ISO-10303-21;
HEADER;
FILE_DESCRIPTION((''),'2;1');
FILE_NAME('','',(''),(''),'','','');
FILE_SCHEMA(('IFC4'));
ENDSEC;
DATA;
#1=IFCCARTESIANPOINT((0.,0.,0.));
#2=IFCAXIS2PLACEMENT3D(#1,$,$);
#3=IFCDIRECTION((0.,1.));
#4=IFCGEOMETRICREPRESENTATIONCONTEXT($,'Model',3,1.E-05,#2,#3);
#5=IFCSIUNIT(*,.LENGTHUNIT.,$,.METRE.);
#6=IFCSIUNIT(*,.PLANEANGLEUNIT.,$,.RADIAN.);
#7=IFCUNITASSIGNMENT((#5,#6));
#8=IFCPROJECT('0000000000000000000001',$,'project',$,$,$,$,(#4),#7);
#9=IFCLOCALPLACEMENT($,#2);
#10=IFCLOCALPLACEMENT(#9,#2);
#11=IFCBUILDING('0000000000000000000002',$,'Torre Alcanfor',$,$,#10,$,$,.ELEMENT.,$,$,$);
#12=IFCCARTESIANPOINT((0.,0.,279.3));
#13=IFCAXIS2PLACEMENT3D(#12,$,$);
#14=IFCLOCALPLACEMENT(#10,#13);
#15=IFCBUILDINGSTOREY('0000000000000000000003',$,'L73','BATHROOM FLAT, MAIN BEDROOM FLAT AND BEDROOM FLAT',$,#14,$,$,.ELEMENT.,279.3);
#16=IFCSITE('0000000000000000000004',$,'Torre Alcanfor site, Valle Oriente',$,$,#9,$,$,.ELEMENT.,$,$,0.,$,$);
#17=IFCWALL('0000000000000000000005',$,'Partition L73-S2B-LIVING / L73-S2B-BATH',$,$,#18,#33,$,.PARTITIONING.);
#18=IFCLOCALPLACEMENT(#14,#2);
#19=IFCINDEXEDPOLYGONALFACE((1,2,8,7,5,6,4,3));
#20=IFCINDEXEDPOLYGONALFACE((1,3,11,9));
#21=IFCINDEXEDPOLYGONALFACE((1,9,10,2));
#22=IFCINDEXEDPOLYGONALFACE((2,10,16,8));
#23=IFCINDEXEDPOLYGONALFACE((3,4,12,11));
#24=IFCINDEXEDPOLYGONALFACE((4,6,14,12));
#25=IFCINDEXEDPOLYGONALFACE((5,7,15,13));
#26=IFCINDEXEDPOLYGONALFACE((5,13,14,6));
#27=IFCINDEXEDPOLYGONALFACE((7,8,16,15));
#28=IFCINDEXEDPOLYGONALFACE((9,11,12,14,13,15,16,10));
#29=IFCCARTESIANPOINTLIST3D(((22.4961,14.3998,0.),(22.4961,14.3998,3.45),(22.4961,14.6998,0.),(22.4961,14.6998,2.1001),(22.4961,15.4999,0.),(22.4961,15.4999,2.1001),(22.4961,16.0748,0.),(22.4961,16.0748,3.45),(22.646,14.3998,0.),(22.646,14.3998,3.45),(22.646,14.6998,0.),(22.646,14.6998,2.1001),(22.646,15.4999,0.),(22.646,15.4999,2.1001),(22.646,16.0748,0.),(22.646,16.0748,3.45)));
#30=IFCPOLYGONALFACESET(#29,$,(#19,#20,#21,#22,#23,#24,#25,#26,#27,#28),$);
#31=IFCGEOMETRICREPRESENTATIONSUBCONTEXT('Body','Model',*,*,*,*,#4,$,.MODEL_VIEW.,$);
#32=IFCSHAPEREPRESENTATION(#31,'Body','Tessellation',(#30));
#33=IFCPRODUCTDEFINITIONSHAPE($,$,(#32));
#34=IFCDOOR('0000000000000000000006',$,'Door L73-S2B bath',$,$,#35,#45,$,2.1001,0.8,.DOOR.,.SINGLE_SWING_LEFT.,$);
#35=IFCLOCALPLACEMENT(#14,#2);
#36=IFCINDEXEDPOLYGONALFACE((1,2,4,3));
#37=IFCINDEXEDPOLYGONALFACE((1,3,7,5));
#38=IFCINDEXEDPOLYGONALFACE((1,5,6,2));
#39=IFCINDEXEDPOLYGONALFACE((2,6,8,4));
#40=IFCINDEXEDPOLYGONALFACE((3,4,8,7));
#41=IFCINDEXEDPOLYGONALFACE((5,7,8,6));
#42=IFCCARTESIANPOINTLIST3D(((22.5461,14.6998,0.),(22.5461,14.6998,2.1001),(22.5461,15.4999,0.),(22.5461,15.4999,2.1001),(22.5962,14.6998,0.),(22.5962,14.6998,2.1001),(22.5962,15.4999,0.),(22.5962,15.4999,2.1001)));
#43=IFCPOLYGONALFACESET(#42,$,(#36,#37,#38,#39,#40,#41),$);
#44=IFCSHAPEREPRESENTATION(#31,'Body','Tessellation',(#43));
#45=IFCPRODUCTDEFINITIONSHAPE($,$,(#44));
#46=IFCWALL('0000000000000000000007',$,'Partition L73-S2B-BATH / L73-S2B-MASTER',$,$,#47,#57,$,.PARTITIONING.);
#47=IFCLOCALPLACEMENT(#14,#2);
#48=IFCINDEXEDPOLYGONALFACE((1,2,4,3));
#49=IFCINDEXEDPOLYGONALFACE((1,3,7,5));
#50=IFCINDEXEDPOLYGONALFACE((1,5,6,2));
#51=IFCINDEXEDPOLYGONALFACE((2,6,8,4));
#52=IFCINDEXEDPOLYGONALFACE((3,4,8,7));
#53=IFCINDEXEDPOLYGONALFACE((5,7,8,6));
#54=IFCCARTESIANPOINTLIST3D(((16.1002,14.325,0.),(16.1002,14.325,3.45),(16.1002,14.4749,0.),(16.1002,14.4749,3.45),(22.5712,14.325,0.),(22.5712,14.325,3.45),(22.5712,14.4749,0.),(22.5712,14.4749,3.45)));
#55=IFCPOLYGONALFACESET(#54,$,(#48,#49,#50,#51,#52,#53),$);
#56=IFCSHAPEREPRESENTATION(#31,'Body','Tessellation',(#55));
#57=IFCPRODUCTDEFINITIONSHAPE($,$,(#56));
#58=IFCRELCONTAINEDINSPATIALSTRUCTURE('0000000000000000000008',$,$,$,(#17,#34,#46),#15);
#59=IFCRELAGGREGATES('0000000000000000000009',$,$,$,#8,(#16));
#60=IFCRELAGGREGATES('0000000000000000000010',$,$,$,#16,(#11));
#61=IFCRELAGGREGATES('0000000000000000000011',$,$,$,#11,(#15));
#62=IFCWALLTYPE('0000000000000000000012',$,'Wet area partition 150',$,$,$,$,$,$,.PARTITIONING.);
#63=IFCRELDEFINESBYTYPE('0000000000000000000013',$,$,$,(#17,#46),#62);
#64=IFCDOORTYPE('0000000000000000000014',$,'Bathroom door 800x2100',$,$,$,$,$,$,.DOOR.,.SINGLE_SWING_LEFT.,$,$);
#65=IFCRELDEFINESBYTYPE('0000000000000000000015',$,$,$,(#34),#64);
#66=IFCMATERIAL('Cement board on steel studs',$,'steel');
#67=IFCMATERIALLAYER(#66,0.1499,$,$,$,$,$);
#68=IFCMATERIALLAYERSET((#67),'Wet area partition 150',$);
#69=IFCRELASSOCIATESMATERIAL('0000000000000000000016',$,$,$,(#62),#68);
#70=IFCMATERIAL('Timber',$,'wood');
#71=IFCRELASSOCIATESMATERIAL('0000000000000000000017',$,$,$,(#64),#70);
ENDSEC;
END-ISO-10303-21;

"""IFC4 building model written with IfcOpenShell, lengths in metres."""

from ifc_helpers import new_model, si_unit, direction, frame, frame_2d, origin, place, context, subcontext, project, spatial, rectangle, extrude, material, layer, layer_set, type_object, element, fill, save


model = new_model("IFC4")

# Units and contexts
model_context = context("Model", 3, precision=1e-05, world=origin(), true_north=direction((0.0, 1.0)))
body_context = subcontext(model_context, "Body", "Model", "MODEL_VIEW")
ifc_project = project(units=[si_unit("LENGTHUNIT", "METRE"), si_unit("PLANEANGLEUNIT", "RADIAN")], contexts=[model_context])

# Site, building, storey
site_placement = place(None, origin())
site = spatial("IfcSite", under=ifc_project, at=site_placement, Name="Torre Alcanfor site, Valle Oriente", CompositionType="ELEMENT", RefElevation=0.0)
building_placement = place(site_placement, origin())
building = spatial("IfcBuilding", under=site, at=building_placement, Name="Torre Alcanfor", CompositionType="ELEMENT")
storey_placement = place(building_placement, frame((0.0, 0.0, 279.3)))
storey = spatial("IfcBuildingStorey", under=building, at=storey_placement, Name="L73", Description="BATHROOM FLAT, MAIN BEDROOM FLAT AND BEDROOM FLAT", CompositionType="ELEMENT", Elevation=279.3)

# Shared definitions
ifc_material_1 = material(Name="Cement board on steel studs", Category="steel")
ifc_layer_1 = layer(ifc_material_1, 0.1499)
ifc_layer_set_1 = layer_set([ifc_layer_1], Name="Wet area partition 150")
wall_type_1 = type_object("IfcWallType", Name="Wet area partition 150", PredefinedType="PARTITIONING", material=ifc_layer_set_1)

# Wall, opening, door
ifc_material_2 = material(Name="Timber", Category="wood")
door_type_1 = type_object("IfcDoorType", Name="Bathroom door 800x2100", OperationType="SINGLE_SWING_LEFT", PredefinedType="DOOR", material=ifc_material_2)
wall_1_placement = place(storey_placement, frame((22.571, 14.3999, 0.0), z_axis=(0.0, 0.0, 1.0), x_axis=(0.0, 1.0, 0.0)))
wall_1 = element("IfcWall", 1, at=wall_1_placement, inside=storey, type_object=wall_type_1, Name="Partition L73-S2B-LIVING / L73-S2B-BATH", PredefinedType="PARTITIONING", context=body_context, shape_type="SweptSolid", body=[
    extrude(rectangle(XDim=1.675, YDim=0.1499, at=frame_2d((0.8374, 0.0))), origin(), (0.0, 0.0, 1.0), 3.45),
])
opening_1_placement = place(wall_1_placement, frame((0.3, 0.0, 0.0)))
opening_1 = element("IfcOpeningElement", 2, at=opening_1_placement, cuts=wall_1, PredefinedType="OPENING", context=body_context, shape_type="SweptSolid", body=[
    extrude(rectangle(XDim=0.8, YDim=2.1001, at=frame_2d((0.3999, 1.05))), frame((0.0, 0.085, 0.0), z_axis=(0.0, -1.0, 0.0), x_axis=(1.0, 0.0, 0.0)), (0.0, 0.0, 1.0), 0.1699),
])
door_1_placement = place(opening_1_placement, origin())
door_1 = element("IfcDoor", 3, at=door_1_placement, inside=storey, type_object=door_type_1, Name="Door L73-S2B bath", OperationType="SINGLE_SWING_LEFT", OverallHeight=2.1001, OverallWidth=0.8, PredefinedType="DOOR", context=body_context, shape_type="SweptSolid", body=[
    extrude(rectangle(XDim=0.8, YDim=2.1001, at=frame_2d((0.3999, 1.05))), frame((0.0, 0.0249, 0.0), z_axis=(0.0, -1.0, 0.0), x_axis=(1.0, 0.0, 0.0)), (0.0, 0.0, 1.0), 0.05),
])
fill(opening_1, door_1)

# Wall
wall_2_placement = place(storey_placement, frame((22.571, 14.3999, 0.0), z_axis=(0.0, 0.0, 1.0), x_axis=(-1.0, 0.0, 0.0)))
element("IfcWall", 4, at=wall_2_placement, inside=storey, type_object=wall_type_1, Name="Partition L73-S2B-BATH / L73-S2B-MASTER", PredefinedType="PARTITIONING", context=body_context, shape_type="SweptSolid", body=[
    extrude(rectangle(XDim=6.4709, YDim=0.1499, at=frame_2d((3.2354, 0.0))), origin(), (0.0, 0.0, 1.0), 3.45),
])

save(model, "model.ifc")
